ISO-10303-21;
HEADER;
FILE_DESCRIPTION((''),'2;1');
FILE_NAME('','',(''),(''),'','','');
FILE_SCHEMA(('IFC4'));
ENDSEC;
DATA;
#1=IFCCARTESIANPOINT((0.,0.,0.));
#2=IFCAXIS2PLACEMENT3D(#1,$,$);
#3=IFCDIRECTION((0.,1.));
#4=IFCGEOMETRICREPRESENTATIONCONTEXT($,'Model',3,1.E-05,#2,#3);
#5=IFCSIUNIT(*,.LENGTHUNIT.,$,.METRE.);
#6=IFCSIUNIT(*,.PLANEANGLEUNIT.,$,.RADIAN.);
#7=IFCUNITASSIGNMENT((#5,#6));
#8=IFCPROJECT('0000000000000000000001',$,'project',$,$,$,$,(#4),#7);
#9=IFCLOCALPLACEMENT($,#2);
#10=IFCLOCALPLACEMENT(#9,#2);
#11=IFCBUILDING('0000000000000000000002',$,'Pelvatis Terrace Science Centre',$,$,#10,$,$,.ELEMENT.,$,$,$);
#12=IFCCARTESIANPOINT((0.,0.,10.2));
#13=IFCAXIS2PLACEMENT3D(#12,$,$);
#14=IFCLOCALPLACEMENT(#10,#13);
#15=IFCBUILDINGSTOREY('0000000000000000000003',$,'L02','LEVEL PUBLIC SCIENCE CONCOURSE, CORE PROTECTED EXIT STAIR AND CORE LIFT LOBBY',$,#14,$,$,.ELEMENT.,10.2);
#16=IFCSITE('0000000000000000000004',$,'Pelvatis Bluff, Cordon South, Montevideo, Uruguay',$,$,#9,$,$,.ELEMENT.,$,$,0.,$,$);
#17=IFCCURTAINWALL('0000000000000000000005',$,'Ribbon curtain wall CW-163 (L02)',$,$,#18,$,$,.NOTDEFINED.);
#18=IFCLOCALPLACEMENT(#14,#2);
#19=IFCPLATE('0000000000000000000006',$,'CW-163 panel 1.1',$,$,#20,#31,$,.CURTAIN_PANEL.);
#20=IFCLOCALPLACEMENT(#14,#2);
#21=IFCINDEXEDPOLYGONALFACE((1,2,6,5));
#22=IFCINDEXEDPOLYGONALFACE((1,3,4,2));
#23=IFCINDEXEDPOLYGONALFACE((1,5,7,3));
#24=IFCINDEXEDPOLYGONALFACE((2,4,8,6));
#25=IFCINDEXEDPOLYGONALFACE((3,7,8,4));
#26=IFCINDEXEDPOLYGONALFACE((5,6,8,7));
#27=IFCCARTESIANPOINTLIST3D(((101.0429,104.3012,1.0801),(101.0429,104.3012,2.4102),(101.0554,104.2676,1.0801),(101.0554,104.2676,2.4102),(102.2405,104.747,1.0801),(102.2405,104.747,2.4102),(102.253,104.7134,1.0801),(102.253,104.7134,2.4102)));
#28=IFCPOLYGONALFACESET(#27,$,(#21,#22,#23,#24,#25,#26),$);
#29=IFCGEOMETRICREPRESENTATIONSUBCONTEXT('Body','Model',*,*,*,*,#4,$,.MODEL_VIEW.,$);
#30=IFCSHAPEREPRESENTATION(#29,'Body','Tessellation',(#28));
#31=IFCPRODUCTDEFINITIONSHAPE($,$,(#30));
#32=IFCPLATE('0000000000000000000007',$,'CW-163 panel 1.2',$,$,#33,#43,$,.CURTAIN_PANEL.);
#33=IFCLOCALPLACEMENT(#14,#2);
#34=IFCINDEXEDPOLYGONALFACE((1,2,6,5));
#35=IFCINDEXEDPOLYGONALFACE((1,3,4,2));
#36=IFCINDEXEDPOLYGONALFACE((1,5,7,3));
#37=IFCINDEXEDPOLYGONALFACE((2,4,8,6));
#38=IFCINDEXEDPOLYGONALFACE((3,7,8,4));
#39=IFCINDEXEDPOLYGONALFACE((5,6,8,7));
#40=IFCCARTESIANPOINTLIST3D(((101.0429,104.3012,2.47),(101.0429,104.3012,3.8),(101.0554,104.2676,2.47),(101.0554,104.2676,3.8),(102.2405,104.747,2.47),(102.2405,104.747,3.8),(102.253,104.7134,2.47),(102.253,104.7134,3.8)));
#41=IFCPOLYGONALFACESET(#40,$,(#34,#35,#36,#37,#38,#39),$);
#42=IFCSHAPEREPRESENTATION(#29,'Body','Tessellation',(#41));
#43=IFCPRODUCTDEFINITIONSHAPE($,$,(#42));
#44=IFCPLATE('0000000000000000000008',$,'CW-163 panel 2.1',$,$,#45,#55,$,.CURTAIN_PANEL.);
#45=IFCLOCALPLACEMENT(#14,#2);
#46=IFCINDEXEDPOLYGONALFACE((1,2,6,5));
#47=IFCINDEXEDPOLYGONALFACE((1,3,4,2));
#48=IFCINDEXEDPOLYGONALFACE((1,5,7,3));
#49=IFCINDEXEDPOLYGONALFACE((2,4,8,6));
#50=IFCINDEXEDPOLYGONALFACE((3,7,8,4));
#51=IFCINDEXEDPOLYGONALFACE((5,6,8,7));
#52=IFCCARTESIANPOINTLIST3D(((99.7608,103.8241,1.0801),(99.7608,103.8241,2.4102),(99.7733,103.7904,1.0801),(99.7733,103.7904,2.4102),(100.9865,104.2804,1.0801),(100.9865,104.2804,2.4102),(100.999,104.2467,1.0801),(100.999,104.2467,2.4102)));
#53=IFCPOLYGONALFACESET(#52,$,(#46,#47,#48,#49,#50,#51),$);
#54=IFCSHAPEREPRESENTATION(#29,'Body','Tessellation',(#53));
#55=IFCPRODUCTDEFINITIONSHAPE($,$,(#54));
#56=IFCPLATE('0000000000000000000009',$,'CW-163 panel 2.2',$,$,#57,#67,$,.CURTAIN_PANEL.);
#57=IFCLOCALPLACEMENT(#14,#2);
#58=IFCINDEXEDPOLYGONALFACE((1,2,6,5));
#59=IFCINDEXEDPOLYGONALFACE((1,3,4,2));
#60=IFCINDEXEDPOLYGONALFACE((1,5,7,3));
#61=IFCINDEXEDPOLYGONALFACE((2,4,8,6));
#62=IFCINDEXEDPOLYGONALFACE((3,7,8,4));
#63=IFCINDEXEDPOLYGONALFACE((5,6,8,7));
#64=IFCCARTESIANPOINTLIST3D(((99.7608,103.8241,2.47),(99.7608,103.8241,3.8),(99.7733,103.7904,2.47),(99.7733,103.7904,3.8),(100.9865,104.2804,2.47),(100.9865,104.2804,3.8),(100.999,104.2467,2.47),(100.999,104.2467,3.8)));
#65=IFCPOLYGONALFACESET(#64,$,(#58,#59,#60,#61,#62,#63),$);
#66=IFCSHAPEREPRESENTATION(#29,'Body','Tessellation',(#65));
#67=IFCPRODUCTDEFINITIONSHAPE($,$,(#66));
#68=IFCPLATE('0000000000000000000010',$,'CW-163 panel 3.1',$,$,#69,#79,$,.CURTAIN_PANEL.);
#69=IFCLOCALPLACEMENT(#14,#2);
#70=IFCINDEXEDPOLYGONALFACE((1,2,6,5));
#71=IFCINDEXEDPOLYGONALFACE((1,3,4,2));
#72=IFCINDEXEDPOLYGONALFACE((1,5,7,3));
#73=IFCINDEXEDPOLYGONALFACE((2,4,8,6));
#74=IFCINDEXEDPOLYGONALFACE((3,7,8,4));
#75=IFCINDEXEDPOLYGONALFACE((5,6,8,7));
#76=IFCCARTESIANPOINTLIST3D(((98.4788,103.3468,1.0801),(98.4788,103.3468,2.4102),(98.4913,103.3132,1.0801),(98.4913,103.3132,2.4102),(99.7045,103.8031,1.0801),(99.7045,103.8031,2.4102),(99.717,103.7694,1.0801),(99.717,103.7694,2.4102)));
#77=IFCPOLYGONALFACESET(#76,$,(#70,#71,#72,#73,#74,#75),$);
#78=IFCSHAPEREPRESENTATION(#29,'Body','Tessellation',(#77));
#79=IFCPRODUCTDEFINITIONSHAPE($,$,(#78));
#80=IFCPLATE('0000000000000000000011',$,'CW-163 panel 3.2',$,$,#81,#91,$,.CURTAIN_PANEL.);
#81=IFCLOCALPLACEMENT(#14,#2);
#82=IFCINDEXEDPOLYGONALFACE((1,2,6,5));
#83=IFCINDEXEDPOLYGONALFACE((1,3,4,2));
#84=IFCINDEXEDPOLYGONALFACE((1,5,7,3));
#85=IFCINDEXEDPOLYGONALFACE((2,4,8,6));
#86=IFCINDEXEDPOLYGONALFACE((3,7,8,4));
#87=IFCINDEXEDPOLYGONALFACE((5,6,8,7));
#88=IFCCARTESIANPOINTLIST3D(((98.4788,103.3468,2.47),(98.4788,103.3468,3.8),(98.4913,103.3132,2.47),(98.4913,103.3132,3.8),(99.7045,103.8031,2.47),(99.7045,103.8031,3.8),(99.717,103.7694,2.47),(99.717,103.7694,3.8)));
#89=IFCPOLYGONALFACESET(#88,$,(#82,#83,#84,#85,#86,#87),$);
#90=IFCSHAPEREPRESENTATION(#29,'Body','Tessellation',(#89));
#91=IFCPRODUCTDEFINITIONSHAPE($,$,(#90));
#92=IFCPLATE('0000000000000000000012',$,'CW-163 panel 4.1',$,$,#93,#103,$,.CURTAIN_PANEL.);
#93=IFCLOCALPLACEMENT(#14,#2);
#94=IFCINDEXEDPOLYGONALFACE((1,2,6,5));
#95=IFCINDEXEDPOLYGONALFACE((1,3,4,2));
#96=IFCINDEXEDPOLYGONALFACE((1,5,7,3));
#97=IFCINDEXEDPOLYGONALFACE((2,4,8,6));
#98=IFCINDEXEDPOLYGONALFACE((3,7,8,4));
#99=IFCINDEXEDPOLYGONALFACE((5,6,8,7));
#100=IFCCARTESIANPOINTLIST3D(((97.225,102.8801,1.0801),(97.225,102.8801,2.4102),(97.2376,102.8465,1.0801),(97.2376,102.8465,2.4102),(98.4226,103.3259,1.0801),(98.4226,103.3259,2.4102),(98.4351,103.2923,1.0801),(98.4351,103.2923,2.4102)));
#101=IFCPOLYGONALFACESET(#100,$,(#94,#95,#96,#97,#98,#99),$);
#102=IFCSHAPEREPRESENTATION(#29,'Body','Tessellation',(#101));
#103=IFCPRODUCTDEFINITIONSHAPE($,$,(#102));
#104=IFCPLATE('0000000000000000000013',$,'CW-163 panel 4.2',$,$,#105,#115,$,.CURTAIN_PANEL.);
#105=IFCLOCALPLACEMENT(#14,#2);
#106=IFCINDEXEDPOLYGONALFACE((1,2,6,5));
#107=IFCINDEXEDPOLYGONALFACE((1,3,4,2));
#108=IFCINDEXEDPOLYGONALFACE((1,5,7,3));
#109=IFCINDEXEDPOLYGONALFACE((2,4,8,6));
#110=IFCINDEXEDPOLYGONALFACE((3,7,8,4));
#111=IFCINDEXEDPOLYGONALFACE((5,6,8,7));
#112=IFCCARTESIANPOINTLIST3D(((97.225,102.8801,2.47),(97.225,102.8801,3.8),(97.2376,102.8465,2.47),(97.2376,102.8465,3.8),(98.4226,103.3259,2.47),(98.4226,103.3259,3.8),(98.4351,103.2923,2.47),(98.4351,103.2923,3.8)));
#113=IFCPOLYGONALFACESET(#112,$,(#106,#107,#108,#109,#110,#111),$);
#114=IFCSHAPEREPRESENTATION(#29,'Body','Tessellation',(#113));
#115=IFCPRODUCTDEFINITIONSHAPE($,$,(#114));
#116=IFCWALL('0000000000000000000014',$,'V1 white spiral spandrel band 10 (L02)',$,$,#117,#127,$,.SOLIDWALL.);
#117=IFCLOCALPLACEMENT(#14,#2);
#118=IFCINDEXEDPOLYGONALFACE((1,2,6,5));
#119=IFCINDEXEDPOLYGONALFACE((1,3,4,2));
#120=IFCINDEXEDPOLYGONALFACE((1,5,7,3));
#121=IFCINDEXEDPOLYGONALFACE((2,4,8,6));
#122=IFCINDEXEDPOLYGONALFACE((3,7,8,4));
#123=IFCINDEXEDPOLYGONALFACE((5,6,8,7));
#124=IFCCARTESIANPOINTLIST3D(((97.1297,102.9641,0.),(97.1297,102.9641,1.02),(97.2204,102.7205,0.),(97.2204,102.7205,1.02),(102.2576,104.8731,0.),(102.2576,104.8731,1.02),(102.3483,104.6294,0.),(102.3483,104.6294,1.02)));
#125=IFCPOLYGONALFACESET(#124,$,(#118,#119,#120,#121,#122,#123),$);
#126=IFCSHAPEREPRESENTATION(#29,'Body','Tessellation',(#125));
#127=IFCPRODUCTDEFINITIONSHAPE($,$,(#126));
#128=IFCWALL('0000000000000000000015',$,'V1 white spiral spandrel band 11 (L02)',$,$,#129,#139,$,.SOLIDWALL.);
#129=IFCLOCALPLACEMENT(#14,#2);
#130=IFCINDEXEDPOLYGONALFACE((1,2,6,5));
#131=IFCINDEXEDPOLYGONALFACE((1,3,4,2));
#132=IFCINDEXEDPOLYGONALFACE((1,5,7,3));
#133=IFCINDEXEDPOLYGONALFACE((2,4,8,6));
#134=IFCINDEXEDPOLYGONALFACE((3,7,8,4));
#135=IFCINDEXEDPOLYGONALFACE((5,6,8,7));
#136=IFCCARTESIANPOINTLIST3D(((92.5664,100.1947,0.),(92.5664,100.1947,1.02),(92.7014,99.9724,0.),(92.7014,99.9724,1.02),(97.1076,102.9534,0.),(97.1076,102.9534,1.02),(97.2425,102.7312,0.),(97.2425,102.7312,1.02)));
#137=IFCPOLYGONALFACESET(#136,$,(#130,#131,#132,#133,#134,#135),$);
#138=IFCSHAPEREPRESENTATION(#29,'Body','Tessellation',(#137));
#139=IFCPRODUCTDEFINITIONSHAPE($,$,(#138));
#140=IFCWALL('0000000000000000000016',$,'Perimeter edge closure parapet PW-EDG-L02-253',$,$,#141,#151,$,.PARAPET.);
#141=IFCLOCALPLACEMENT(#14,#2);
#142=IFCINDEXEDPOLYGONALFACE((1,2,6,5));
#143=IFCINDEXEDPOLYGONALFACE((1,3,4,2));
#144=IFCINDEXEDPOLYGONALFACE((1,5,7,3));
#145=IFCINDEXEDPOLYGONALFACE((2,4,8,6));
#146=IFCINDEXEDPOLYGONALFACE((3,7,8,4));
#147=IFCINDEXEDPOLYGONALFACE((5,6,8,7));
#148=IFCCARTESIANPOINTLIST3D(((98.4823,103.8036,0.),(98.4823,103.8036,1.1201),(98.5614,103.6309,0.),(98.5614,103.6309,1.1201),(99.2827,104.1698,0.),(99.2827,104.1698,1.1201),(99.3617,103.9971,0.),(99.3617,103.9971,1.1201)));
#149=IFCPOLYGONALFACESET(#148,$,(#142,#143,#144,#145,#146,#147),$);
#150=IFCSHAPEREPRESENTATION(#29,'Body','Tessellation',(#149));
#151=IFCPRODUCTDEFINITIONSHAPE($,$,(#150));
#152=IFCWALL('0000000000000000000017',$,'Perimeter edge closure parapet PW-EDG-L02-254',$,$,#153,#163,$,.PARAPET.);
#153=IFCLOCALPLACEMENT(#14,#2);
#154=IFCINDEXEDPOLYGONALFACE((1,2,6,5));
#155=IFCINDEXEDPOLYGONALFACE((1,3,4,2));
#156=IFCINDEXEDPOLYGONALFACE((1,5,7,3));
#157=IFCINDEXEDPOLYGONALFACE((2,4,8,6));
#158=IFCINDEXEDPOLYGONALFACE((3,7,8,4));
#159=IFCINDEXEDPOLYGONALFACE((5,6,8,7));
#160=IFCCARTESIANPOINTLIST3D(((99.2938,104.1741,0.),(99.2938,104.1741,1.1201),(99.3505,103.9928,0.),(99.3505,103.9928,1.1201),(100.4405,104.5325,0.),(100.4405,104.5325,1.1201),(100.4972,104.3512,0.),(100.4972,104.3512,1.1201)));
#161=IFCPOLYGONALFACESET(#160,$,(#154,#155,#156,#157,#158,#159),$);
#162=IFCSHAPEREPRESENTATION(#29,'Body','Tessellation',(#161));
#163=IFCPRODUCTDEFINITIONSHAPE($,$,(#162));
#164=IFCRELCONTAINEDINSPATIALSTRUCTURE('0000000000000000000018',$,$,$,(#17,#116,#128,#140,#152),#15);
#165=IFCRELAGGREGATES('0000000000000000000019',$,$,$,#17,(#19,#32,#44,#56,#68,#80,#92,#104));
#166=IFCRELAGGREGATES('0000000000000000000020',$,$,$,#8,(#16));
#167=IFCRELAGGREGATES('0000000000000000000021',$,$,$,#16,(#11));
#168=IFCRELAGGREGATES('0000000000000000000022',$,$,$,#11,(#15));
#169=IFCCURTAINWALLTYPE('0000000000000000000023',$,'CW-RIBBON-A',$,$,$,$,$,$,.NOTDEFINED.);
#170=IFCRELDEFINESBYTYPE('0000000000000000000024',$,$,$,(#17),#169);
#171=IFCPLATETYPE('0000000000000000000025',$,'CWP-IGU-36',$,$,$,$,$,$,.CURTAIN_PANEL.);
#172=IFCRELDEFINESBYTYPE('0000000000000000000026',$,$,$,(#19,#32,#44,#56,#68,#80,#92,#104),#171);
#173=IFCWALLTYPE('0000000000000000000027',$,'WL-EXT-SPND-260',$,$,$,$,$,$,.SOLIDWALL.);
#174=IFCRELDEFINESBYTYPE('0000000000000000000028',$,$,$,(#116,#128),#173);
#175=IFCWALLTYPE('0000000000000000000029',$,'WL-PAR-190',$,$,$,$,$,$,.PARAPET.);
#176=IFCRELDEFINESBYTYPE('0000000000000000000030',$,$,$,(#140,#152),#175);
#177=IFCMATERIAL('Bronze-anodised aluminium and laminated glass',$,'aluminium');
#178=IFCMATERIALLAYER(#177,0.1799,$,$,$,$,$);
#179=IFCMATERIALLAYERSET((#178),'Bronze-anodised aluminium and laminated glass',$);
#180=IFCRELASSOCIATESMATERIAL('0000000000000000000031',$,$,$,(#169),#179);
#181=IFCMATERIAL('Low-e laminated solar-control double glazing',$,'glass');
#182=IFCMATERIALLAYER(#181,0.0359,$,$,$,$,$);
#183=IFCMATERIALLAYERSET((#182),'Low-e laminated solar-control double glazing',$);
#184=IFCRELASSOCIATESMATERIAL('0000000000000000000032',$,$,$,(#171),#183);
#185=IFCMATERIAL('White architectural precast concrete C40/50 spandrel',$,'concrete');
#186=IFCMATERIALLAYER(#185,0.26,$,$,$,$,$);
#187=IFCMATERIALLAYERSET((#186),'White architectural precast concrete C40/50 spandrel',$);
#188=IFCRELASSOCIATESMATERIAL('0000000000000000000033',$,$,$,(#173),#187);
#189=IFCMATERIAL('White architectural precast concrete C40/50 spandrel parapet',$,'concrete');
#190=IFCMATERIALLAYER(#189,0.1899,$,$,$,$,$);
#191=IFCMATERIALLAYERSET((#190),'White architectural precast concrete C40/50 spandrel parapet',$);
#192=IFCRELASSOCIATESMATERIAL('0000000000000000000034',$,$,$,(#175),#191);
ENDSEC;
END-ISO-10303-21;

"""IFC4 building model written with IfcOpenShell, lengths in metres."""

from ifc_helpers import new_model, si_unit, direction, frame, frame_2d, origin, origin_2d, place, context, subcontext, project, spatial, rectangle, extrude, material, layer, layer_set, type_object, element, aggregate, save


model = new_model("IFC4")

# Units and contexts
model_context = context("Model", 3, precision=1e-05, world=origin(), true_north=direction((0.0, 1.0)))
body_context = subcontext(model_context, "Body", "Model", "MODEL_VIEW")
ifc_project = project(units=[si_unit("LENGTHUNIT", "METRE"), si_unit("PLANEANGLEUNIT", "RADIAN")], contexts=[model_context])

# Site, building, storey
site_placement = place(None, origin())
site = spatial("IfcSite", under=ifc_project, at=site_placement, Name="Pelvatis Bluff, Cordon South, Montevideo, Uruguay", CompositionType="ELEMENT", RefElevation=0.0)
building_placement = place(site_placement, origin())
building = spatial("IfcBuilding", under=site, at=building_placement, Name="Pelvatis Terrace Science Centre", CompositionType="ELEMENT")
storey_placement = place(building_placement, frame((0.0, 0.0, 10.2)))
storey = spatial("IfcBuildingStorey", under=building, at=storey_placement, Name="L02", Description="LEVEL PUBLIC SCIENCE CONCOURSE, CORE PROTECTED EXIT STAIR AND CORE LIFT LOBBY", CompositionType="ELEMENT", Elevation=10.2)

# Curtain wall
ifc_material_1 = material(Name="Bronze-anodised aluminium and laminated glass", Category="aluminium")
ifc_layer_1 = layer(ifc_material_1, 0.1799)
ifc_layer_set_1 = layer_set([ifc_layer_1], Name="Bronze-anodised aluminium and laminated glass")
curtain_wall_type = type_object("IfcCurtainWallType", Name="CW-RIBBON-A", PredefinedType="NOTDEFINED", material=ifc_layer_set_1)
curtain_wall_1_placement = place(storey_placement, origin())
curtain_wall_1 = element("IfcCurtainWall", 1, at=curtain_wall_1_placement, inside=storey, type_object=curtain_wall_type, Name="Ribbon curtain wall CW-163 (L02)", PredefinedType="NOTDEFINED")

# Plates
ifc_material_2 = material(Name="Low-e laminated solar-control double glazing", Category="glass")
ifc_layer_2 = layer(ifc_material_2, 0.0359)
ifc_layer_set_2 = layer_set([ifc_layer_2], Name="Low-e laminated solar-control double glazing")
plate_type = type_object("IfcPlateType", Name="CWP-IGU-36", PredefinedType="CURTAIN_PANEL", material=ifc_layer_set_2)
plate_1_placement = place(storey_placement, frame((101.6479, 104.5073, 1.0801), z_axis=(0.0, 0.0, 1.0), x_axis=(-0.937171, -0.348869, 0.0)))
plate_1 = element("IfcPlate", 2, at=plate_1_placement, type_object=plate_type, Name="CW-163 panel 1.1", PredefinedType="CURTAIN_PANEL", context=body_context, shape_type="SweptSolid", body=[
    extrude(rectangle(XDim=1.2778, YDim=0.0359, at=origin_2d()), origin(), (0.0, 0.0, 1.0), 1.3301),
])
plate_2_placement = place(storey_placement, frame((101.6479, 104.5073, 2.47), z_axis=(0.0, 0.0, 1.0), x_axis=(-0.937171, -0.348869, 0.0)))
plate_2 = element("IfcPlate", 3, at=plate_2_placement, type_object=plate_type, Name="CW-163 panel 1.2", PredefinedType="CURTAIN_PANEL", context=body_context, shape_type="SweptSolid", body=[
    extrude(rectangle(XDim=1.2778, YDim=0.0359, at=origin_2d()), origin(), (0.0, 0.0, 1.0), 1.3301),
])
plate_3_placement = place(storey_placement, frame((100.3799, 104.0354, 1.0801), z_axis=(0.0, 0.0, 1.0), x_axis=(-0.937171, -0.348869, 0.0)))
plate_3 = element("IfcPlate", 4, at=plate_3_placement, type_object=plate_type, Name="CW-163 panel 2.1", PredefinedType="CURTAIN_PANEL", context=body_context, shape_type="SweptSolid", body=[
    extrude(rectangle(XDim=1.3079, YDim=0.0359, at=origin_2d()), origin(), (0.0, 0.0, 1.0), 1.3301),
])
plate_4_placement = place(storey_placement, frame((100.3799, 104.0354, 2.47), z_axis=(0.0, 0.0, 1.0), x_axis=(-0.937171, -0.348869, 0.0)))
plate_4 = element("IfcPlate", 5, at=plate_4_placement, type_object=plate_type, Name="CW-163 panel 2.2", PredefinedType="CURTAIN_PANEL", context=body_context, shape_type="SweptSolid", body=[
    extrude(rectangle(XDim=1.3079, YDim=0.0359, at=origin_2d()), origin(), (0.0, 0.0, 1.0), 1.3301),
])
plate_5_placement = place(storey_placement, frame((99.0979, 103.5581, 1.0801), z_axis=(0.0, 0.0, 1.0), x_axis=(-0.937171, -0.348869, 0.0)))
plate_5 = element("IfcPlate", 6, at=plate_5_placement, type_object=plate_type, Name="CW-163 panel 3.1", PredefinedType="CURTAIN_PANEL", context=body_context, shape_type="SweptSolid", body=[
    extrude(rectangle(XDim=1.3079, YDim=0.0359, at=origin_2d()), origin(), (0.0, 0.0, 1.0), 1.3301),
])
plate_6_placement = place(storey_placement, frame((99.0979, 103.5581, 2.47), z_axis=(0.0, 0.0, 1.0), x_axis=(-0.937171, -0.348869, 0.0)))
plate_6 = element("IfcPlate", 7, at=plate_6_placement, type_object=plate_type, Name="CW-163 panel 3.2", PredefinedType="CURTAIN_PANEL", context=body_context, shape_type="SweptSolid", body=[
    extrude(rectangle(XDim=1.3079, YDim=0.0359, at=origin_2d()), origin(), (0.0, 0.0, 1.0), 1.3301),
])
plate_7_placement = place(storey_placement, frame((97.8301, 103.0862, 1.0801), z_axis=(0.0, 0.0, 1.0), x_axis=(-0.937171, -0.348869, 0.0)))
plate_7 = element("IfcPlate", 8, at=plate_7_placement, type_object=plate_type, Name="CW-163 panel 4.1", PredefinedType="CURTAIN_PANEL", context=body_context, shape_type="SweptSolid", body=[
    extrude(rectangle(XDim=1.2778, YDim=0.0359, at=origin_2d()), origin(), (0.0, 0.0, 1.0), 1.3301),
])
plate_8_placement = place(storey_placement, frame((97.8301, 103.0862, 2.47), z_axis=(0.0, 0.0, 1.0), x_axis=(-0.937171, -0.348869, 0.0)))
plate_8 = element("IfcPlate", 9, at=plate_8_placement, type_object=plate_type, Name="CW-163 panel 4.2", PredefinedType="CURTAIN_PANEL", context=body_context, shape_type="SweptSolid", body=[
    extrude(rectangle(XDim=1.2778, YDim=0.0359, at=origin_2d()), origin(), (0.0, 0.0, 1.0), 1.3301),
])
aggregate(curtain_wall_1, [plate_1, plate_2, plate_3, plate_4, plate_5, plate_6, plate_7, plate_8])

# Walls
ifc_material_3 = material(Name="White architectural precast concrete C40/50 spandrel", Category="concrete")
ifc_layer_3 = layer(ifc_material_3, 0.26)
ifc_layer_set_3 = layer_set([ifc_layer_3], Name="White architectural precast concrete C40/50 spandrel")
wall_type_1 = type_object("IfcWallType", Name="WL-EXT-SPND-260", PredefinedType="SOLIDWALL", material=ifc_layer_set_3)
wall_1_placement = place(storey_placement, frame((102.303, 104.7512, 0.0), z_axis=(0.0, 0.0, 1.0), x_axis=(-0.93717, -0.348873, 0.0)))
element("IfcWall", 10, at=wall_1_placement, inside=storey, type_object=wall_type_1, Name="V1 white spiral spandrel band 10 (L02)", PredefinedType="SOLIDWALL", context=body_context, shape_type="SweptSolid", body=[
    extrude(rectangle(XDim=5.4717, YDim=0.26, at=frame_2d((2.7358, 0.0))), origin(), (0.0, 0.0, 1.0), 1.02),
])
wall_2_placement = place(storey_placement, frame((97.175, 102.8423, 0.0), z_axis=(0.0, 0.0, 1.0), x_axis=(-0.854654, -0.519198, 0.0)))
element("IfcWall", 11, at=wall_2_placement, inside=storey, type_object=wall_type_1, Name="V1 white spiral spandrel band 11 (L02)", PredefinedType="SOLIDWALL", context=body_context, shape_type="SweptSolid", body=[
    extrude(rectangle(XDim=5.3135, YDim=0.26, at=frame_2d((2.6567, 0.0))), origin(), (0.0, 0.0, 1.0), 1.02),
])
ifc_material_4 = material(Name="White architectural precast concrete C40/50 spandrel parapet", Category="concrete")
ifc_layer_4 = layer(ifc_material_4, 0.1899)
ifc_layer_set_4 = layer_set([ifc_layer_4], Name="White architectural precast concrete C40/50 spandrel parapet")
wall_type_2 = type_object("IfcWallType", Name="WL-PAR-190", PredefinedType="PARAPET", material=ifc_layer_set_4)
wall_3_placement = place(storey_placement, frame((98.522, 103.7173, 0.0), z_axis=(0.0, 0.0, 1.0), x_axis=(0.909319, 0.416101, 0.0)))
element("IfcWall", 12, at=wall_3_placement, inside=storey, type_object=wall_type_2, Name="Perimeter edge closure parapet PW-EDG-L02-253", PredefinedType="PARAPET", context=body_context, shape_type="SweptSolid", body=[
    extrude(rectangle(XDim=0.8801, YDim=0.1899, at=frame_2d((0.4399, 0.0))), origin(), (0.0, 0.0, 1.0), 1.1201),
])
wall_4_placement = place(storey_placement, frame((99.3223, 104.0835, 0.0), z_axis=(0.0, 0.0, 1.0), x_axis=(0.954469, 0.29831, 0.0)))
element("IfcWall", 13, at=wall_4_placement, inside=storey, type_object=wall_type_2, Name="Perimeter edge closure parapet PW-EDG-L02-254", PredefinedType="PARAPET", context=body_context, shape_type="SweptSolid", body=[
    extrude(rectangle(XDim=1.2014, YDim=0.1899, at=frame_2d((0.6006, 0.0))), origin(), (0.0, 0.0, 1.0), 1.1201),
])

save(model, "model.ifc")
